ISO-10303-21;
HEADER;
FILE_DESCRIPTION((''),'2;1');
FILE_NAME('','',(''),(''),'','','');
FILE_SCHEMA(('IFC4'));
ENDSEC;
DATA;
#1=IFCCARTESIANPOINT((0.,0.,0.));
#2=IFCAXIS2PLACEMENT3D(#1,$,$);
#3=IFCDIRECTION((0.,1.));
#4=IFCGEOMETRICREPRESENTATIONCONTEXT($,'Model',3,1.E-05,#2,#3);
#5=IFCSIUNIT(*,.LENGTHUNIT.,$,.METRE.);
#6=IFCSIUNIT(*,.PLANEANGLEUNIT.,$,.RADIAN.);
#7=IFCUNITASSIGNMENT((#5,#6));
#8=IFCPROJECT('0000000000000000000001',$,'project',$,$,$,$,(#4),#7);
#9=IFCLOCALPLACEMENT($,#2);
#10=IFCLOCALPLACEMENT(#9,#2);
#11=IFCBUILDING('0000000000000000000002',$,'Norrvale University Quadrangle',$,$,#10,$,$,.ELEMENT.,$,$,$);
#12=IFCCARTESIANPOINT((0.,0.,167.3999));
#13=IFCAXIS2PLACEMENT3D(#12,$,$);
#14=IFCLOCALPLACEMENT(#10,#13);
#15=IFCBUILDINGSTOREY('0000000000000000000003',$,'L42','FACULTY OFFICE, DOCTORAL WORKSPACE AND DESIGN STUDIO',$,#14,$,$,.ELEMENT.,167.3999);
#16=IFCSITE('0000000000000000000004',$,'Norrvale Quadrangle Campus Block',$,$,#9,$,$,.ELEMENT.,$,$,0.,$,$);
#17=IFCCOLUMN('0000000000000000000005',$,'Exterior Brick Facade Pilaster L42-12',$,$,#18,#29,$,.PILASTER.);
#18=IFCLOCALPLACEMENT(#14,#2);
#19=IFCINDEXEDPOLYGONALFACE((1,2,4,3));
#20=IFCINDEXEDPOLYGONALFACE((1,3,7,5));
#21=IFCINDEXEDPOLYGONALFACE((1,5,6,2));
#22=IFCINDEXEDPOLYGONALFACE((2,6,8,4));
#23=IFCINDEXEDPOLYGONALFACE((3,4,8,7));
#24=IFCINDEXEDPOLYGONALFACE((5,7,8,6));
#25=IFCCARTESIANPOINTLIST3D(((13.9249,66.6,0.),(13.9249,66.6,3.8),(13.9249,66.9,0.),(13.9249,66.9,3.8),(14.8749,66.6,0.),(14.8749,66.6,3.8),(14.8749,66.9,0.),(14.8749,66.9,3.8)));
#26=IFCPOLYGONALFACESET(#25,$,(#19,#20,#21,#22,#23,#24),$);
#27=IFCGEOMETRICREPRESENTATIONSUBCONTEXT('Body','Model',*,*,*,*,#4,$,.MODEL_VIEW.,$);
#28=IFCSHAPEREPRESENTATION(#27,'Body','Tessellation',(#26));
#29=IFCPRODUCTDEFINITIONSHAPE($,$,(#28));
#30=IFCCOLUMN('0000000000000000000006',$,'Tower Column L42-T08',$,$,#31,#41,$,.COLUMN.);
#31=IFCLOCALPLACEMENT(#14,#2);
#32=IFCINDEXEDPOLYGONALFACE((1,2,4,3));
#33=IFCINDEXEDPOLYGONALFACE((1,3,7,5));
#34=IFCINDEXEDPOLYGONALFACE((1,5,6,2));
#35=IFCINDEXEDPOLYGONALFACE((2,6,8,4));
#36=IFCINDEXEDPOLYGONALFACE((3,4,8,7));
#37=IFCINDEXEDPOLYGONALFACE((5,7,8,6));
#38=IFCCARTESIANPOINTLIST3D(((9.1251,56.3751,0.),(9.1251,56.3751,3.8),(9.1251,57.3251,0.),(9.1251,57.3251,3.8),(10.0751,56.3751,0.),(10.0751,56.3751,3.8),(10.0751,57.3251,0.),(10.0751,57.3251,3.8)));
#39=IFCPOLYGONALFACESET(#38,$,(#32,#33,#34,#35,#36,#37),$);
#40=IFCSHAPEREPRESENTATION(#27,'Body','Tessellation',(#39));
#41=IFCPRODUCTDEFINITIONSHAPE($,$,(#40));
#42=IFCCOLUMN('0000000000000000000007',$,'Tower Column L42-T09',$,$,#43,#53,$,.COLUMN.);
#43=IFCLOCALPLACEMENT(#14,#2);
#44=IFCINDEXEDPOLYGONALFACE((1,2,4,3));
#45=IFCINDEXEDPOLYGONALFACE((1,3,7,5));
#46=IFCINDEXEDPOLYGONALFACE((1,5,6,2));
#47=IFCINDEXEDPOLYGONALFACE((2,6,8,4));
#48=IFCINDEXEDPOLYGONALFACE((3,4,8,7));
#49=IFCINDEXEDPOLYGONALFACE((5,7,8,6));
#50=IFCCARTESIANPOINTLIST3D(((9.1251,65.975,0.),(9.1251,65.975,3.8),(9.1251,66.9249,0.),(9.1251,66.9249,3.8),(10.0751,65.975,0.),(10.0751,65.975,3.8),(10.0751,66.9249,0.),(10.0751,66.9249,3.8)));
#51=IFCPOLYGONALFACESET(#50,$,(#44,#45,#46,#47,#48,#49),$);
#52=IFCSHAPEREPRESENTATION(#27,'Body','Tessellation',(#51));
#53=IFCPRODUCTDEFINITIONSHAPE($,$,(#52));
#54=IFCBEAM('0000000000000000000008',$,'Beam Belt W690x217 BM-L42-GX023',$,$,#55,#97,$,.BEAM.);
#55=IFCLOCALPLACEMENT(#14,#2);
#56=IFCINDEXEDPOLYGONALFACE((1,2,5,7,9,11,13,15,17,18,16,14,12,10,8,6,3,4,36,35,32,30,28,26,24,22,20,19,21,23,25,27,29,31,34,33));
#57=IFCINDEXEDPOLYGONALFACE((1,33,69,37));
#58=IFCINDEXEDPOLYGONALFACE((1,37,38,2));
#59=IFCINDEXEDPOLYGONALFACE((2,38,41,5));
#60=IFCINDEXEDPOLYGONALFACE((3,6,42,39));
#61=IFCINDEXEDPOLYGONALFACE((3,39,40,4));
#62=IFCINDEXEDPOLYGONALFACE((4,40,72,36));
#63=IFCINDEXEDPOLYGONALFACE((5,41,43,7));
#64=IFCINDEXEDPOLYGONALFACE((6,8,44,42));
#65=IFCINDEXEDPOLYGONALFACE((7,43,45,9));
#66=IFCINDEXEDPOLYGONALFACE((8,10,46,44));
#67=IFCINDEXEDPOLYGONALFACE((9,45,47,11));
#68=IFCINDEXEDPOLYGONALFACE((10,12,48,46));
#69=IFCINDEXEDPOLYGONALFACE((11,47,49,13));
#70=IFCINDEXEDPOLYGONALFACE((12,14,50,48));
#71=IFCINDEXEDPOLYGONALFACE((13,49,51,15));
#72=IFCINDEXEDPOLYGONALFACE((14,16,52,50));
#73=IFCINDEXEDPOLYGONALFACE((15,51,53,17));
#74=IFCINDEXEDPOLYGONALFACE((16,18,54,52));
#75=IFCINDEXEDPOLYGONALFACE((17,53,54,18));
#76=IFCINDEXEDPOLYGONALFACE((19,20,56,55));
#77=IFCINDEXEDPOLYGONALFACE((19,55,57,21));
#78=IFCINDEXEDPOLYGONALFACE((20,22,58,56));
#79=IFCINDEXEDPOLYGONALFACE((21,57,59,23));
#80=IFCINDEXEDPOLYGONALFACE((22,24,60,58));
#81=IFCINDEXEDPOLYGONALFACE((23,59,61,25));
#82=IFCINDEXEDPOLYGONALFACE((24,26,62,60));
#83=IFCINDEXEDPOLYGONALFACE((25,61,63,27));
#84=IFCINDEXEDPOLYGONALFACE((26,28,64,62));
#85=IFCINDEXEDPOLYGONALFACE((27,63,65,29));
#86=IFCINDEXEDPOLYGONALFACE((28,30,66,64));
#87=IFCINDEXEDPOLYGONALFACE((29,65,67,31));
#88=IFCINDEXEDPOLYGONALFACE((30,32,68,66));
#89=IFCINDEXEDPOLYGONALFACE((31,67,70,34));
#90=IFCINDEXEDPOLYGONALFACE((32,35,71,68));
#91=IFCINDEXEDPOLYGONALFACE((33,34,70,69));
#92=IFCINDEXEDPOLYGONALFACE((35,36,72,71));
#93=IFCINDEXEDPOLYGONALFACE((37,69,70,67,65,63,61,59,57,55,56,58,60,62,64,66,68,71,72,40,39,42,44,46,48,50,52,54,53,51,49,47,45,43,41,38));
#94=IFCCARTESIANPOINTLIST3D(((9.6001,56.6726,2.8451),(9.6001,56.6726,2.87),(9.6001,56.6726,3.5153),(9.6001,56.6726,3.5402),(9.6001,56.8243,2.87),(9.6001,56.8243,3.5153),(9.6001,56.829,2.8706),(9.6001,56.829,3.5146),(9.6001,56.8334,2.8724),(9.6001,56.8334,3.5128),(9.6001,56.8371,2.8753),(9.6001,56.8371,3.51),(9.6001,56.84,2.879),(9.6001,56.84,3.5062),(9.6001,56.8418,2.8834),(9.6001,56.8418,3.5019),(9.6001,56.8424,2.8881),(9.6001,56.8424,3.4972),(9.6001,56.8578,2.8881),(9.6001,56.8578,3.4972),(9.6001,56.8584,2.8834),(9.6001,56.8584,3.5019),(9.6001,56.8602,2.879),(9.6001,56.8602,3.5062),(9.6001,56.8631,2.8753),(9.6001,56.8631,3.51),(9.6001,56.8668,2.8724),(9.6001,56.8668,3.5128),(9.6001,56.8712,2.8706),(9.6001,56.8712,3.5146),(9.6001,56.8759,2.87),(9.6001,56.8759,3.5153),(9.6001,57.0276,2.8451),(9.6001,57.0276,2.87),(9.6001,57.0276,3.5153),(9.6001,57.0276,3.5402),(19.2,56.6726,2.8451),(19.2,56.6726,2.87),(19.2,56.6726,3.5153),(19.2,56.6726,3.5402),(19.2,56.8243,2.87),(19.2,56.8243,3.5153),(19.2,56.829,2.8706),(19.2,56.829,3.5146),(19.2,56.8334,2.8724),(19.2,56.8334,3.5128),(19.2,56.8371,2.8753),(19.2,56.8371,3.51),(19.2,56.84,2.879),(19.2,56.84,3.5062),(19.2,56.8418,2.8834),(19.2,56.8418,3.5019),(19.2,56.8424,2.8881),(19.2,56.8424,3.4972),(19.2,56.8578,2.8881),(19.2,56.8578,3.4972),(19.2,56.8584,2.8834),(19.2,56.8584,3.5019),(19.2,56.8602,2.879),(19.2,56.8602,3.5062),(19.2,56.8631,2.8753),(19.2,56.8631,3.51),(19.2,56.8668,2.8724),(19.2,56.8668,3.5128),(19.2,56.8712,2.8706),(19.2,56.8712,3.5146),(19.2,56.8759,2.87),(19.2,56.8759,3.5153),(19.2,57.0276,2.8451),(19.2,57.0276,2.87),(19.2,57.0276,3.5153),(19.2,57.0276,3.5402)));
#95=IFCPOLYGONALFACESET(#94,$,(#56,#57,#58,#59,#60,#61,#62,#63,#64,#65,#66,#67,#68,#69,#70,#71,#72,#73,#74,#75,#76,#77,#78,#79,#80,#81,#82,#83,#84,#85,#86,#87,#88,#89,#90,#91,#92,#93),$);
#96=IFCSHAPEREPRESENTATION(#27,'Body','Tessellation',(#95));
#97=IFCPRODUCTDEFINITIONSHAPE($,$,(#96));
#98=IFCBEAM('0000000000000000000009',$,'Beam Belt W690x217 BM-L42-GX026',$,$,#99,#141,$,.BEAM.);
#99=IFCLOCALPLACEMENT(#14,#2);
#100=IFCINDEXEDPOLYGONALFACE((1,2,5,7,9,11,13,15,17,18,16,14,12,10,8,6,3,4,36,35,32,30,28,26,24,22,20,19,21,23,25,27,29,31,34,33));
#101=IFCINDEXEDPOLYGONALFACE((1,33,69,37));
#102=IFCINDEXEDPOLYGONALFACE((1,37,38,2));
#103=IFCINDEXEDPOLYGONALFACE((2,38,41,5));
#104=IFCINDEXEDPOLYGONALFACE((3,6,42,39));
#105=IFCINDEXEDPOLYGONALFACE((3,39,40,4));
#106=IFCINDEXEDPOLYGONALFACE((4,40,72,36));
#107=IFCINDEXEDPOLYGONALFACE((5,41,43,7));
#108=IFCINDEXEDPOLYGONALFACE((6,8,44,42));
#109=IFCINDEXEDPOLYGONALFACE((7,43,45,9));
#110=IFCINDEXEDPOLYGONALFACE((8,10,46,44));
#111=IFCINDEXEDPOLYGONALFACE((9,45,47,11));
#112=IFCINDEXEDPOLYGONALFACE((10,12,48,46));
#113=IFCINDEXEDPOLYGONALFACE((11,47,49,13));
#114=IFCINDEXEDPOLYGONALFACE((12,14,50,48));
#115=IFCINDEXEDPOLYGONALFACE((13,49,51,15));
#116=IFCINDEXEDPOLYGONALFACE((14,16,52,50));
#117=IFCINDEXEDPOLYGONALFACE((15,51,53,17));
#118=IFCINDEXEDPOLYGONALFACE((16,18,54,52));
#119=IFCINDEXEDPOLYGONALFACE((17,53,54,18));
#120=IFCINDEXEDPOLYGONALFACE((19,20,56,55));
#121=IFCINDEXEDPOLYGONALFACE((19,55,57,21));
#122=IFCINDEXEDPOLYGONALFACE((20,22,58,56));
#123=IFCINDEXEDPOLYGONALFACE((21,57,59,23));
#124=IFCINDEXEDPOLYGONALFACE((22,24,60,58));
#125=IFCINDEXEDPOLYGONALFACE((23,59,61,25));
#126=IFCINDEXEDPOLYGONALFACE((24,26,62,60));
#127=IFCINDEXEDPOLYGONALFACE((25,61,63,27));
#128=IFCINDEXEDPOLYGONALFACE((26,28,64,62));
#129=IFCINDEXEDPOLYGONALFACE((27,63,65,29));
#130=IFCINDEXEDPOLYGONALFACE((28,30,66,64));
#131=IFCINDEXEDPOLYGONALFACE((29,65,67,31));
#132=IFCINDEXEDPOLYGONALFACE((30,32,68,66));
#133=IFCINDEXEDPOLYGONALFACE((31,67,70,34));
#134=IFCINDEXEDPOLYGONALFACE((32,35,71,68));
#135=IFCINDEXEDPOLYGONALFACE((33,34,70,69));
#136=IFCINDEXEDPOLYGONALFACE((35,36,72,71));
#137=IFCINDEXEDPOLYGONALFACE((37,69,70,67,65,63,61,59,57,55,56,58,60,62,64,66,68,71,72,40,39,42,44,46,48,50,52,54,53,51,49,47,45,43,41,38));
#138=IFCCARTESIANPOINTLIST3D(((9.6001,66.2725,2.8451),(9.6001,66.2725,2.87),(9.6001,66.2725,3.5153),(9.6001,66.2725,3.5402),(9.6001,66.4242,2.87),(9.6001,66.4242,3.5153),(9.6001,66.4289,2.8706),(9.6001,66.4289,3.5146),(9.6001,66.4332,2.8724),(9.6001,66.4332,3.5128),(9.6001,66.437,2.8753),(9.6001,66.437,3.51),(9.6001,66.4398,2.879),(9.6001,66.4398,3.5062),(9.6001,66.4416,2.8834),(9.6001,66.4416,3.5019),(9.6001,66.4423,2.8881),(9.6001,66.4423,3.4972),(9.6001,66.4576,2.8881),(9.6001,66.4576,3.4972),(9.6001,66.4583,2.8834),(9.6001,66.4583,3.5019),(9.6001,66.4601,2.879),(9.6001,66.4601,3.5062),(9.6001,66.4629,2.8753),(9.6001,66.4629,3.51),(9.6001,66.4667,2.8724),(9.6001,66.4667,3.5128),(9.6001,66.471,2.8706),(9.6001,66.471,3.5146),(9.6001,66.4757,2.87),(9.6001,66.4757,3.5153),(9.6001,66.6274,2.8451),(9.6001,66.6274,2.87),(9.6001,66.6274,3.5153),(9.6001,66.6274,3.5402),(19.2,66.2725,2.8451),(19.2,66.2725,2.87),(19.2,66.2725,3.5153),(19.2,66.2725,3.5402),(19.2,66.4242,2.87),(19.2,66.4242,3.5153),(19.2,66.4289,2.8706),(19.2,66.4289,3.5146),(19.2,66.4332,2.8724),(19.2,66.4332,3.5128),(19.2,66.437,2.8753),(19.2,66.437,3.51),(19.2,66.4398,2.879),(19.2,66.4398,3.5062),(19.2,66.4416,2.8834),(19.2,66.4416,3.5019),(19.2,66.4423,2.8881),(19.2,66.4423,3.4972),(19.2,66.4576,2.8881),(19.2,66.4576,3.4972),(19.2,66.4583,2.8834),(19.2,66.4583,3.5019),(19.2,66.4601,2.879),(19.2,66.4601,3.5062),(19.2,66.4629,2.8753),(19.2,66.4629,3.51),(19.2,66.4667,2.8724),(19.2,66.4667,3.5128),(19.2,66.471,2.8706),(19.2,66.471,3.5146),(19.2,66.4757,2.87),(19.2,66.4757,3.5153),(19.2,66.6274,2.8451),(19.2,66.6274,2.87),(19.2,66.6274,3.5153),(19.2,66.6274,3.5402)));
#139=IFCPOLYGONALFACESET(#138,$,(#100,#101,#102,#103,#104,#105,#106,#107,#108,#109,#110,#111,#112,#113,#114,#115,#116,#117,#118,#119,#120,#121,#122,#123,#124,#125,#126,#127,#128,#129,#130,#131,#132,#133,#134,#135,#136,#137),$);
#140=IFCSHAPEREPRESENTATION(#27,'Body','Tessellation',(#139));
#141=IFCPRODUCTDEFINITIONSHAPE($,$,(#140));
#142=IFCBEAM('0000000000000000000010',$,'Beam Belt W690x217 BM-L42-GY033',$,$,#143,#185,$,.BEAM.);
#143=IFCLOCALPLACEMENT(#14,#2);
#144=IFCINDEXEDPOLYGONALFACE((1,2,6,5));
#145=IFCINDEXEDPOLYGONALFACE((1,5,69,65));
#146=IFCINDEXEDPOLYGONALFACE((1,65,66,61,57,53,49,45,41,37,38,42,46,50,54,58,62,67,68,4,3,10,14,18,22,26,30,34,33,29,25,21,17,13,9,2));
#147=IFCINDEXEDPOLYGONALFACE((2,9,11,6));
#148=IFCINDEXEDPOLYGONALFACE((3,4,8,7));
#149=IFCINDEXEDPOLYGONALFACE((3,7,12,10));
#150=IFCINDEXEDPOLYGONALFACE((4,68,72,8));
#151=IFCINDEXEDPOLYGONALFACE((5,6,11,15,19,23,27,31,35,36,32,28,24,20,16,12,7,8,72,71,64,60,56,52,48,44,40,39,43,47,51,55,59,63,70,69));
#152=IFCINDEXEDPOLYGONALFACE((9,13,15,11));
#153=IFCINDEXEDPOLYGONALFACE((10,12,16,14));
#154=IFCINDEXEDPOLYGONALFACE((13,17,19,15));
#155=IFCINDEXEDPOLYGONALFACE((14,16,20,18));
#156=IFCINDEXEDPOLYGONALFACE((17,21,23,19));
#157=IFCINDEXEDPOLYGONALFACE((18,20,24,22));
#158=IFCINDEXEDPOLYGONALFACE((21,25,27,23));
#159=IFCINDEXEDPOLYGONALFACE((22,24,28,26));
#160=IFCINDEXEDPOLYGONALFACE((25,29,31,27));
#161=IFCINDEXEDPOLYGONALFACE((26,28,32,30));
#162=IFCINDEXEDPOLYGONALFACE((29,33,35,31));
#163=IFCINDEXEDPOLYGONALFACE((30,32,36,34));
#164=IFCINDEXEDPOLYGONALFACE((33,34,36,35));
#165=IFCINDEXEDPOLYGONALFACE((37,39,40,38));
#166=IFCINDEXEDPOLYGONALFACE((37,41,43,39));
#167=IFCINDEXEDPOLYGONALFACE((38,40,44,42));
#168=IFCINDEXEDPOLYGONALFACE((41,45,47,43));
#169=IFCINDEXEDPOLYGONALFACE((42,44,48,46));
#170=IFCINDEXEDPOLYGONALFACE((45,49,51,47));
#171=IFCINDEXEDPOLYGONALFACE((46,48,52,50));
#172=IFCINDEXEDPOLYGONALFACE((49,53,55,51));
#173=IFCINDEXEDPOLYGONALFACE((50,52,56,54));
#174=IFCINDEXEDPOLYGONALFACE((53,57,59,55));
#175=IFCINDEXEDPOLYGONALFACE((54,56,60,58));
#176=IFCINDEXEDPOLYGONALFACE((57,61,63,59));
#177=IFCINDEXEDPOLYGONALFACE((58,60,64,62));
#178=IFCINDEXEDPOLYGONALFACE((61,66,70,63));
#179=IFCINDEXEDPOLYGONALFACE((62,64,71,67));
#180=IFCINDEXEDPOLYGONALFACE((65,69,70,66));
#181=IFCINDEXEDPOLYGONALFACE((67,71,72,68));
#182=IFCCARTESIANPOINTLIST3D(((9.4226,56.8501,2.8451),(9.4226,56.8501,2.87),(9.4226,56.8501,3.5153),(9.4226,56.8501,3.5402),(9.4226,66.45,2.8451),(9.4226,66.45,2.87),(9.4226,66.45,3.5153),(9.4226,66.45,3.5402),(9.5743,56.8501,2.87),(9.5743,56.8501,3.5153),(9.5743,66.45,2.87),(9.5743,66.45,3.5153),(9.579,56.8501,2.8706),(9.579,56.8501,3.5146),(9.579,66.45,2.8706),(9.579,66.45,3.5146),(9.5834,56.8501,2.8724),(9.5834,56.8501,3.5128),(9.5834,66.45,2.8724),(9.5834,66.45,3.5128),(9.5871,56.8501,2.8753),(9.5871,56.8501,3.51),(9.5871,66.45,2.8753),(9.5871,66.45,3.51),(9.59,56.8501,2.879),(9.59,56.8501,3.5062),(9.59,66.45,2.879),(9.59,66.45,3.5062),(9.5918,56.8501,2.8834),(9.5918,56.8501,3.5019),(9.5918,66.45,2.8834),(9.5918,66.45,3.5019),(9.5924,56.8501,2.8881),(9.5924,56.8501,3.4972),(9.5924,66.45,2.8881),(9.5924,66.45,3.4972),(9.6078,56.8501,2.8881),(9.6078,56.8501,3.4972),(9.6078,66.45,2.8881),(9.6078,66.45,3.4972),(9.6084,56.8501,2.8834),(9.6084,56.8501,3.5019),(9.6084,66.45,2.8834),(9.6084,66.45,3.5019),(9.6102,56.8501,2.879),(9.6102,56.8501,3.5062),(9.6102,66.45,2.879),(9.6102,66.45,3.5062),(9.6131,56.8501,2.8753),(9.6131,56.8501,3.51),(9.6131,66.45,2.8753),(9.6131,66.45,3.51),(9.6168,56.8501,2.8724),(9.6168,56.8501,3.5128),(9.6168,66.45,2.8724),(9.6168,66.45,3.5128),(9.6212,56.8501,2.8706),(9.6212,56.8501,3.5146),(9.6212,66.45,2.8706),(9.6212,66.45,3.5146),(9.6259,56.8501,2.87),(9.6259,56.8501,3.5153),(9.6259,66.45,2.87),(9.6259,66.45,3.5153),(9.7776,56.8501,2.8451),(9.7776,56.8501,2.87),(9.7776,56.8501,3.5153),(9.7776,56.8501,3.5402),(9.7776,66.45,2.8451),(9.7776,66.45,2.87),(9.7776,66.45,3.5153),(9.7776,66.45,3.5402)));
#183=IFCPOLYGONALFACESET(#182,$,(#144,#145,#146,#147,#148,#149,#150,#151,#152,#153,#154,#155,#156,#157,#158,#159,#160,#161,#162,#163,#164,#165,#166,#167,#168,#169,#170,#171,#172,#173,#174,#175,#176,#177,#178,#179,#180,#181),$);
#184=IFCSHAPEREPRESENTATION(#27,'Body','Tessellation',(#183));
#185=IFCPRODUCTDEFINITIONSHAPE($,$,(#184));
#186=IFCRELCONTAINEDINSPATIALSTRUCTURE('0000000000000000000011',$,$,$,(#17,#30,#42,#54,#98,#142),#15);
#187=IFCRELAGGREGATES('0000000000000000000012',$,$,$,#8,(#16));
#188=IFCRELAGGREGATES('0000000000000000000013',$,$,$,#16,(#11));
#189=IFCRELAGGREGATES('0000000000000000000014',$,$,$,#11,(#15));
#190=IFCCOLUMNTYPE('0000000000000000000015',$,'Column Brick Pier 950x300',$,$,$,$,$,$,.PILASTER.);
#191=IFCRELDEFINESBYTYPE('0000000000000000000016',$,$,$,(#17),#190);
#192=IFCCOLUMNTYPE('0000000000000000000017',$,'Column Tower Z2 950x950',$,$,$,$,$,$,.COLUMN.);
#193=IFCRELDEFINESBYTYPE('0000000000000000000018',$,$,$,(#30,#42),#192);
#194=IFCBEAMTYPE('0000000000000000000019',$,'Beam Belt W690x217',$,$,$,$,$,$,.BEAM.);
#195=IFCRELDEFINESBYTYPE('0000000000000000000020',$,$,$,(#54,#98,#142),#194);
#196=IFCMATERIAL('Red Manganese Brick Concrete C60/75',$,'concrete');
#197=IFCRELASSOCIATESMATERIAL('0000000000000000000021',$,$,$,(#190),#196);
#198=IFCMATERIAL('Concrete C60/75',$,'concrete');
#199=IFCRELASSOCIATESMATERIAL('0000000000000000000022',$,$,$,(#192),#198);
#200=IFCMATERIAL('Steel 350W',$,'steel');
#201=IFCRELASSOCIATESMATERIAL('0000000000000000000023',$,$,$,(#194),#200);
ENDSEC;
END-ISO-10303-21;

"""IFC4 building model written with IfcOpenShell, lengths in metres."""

from ifc_helpers import new_model, si_unit, direction, frame, origin, origin_2d, place, context, subcontext, project, spatial, rectangle, i_section, extrude, material, material_profile, profile_set, type_object, element, save


model = new_model("IFC4")

# Units and contexts
model_context = context("Model", 3, precision=1e-05, world=origin(), true_north=direction((0.0, 1.0)))
body_context = subcontext(model_context, "Body", "Model", "MODEL_VIEW")
ifc_project = project(units=[si_unit("LENGTHUNIT", "METRE"), si_unit("PLANEANGLEUNIT", "RADIAN")], contexts=[model_context])

# Site, building, storey
site_placement = place(None, origin())
site = spatial("IfcSite", under=ifc_project, at=site_placement, Name="Norrvale Quadrangle Campus Block", CompositionType="ELEMENT", RefElevation=0.0)
building_placement = place(site_placement, origin())
building = spatial("IfcBuilding", under=site, at=building_placement, Name="Norrvale University Quadrangle", CompositionType="ELEMENT")
storey_placement = place(building_placement, frame((0.0, 0.0, 167.3999)))
storey = spatial("IfcBuildingStorey", under=building, at=storey_placement, Name="L42", Description="FACULTY OFFICE, DOCTORAL WORKSPACE AND DESIGN STUDIO", CompositionType="ELEMENT", Elevation=167.3999)

# Columns
ifc_material_1 = material(Name="Red Manganese Brick Concrete C60/75", Category="concrete")
ifc_material_profile_1 = material_profile(ifc_material_1, rectangle(XDim=0.95, YDim=0.3, at=origin_2d()), Name="Red Manganese Brick Concrete C60/75")
ifc_profile_set_1 = profile_set([ifc_material_profile_1], Name="Red Manganese Brick Concrete C60/75")
column_type_1 = type_object("IfcColumnType", Name="Column Brick Pier 950x300", PredefinedType="PILASTER", material=ifc_profile_set_1)
column_placement = place(storey_placement, frame((14.3999, 66.75, 0.0), z_axis=(0.0, 0.0, 1.0), x_axis=(1.0, 0.0, 0.0)))
element("IfcColumn", 1, at=column_placement, inside=storey, type_object=column_type_1, Name="Exterior Brick Facade Pilaster L42-12", PredefinedType="PILASTER", context=body_context, shape_type="SweptSolid", body=[
    extrude(rectangle(XDim=0.95, YDim=0.3, at=origin_2d()), origin(), (0.0, 0.0, 1.0), 3.8),
])
ifc_material_2 = material(Name="Concrete C60/75", Category="concrete")
ifc_material_profile_2 = material_profile(ifc_material_2, rectangle(XDim=0.95, YDim=0.95, at=origin_2d()), Name="Concrete C60/75")
ifc_profile_set_2 = profile_set([ifc_material_profile_2], Name="Concrete C60/75")
column_type_2 = type_object("IfcColumnType", Name="Column Tower Z2 950x950", PredefinedType="COLUMN", material=ifc_profile_set_2)
for number, where, z_axis, x_axis, name in (
    (2, (9.6001, 56.8501, 0.0), (0.0, 0.0, 1.0), (1.0, 0.0, 0.0), "Tower Column L42-T08"),
    (3, (9.6001, 66.45, 0.0), (0.0, 0.0, 1.0), (1.0, 0.0, 0.0), "Tower Column L42-T09"),
):
    element("IfcColumn", number, at=place(storey_placement, frame(where, z_axis=z_axis, x_axis=x_axis)), inside=storey, type_object=column_type_2, Name=name, PredefinedType="COLUMN", context=body_context, shape_type="SweptSolid", body=[
        extrude(rectangle(XDim=0.95, YDim=0.95, at=origin_2d()), origin(), (0.0, 0.0, 1.0), 3.8),
    ])

# Beams
ifc_material_3 = material(Name="Steel 350W", Category="steel")
ifc_material_profile_3 = material_profile(ifc_material_3, i_section(OverallWidth=0.355, OverallDepth=0.6951, WebThickness=0.0154, FlangeThickness=0.0249, FilletRadius=0.0181, at=origin_2d()), Name="Steel 350W")
ifc_profile_set_3 = profile_set([ifc_material_profile_3], Name="Steel 350W")
beam_type_1 = type_object("IfcBeamType", Name="Beam Belt W690x217", PredefinedType="BEAM", material=ifc_profile_set_3)
for number, where, z_axis, x_axis, name in (
    (4, (9.6001, 56.8501, 3.1926), (1.0, 0.0, 0.0), (0.0, 1.0, 0.0), "Beam Belt W690x217 BM-L42-GX023"),
    (5, (9.6001, 66.45, 3.1926), (1.0, 0.0, 0.0), (0.0, 1.0, 0.0), "Beam Belt W690x217 BM-L42-GX026"),
    (6, (9.6001, 56.8501, 3.1926), (0.0, 1.0, 0.0), (-1.0, 0.0, 0.0), "Beam Belt W690x217 BM-L42-GY033"),
):
    element("IfcBeam", number, at=place(storey_placement, frame(where, z_axis=z_axis, x_axis=x_axis)), inside=storey, type_object=beam_type_1, Name=name, PredefinedType="BEAM", context=body_context, shape_type="SweptSolid", body=[
        extrude(i_section(OverallWidth=0.355, OverallDepth=0.6951, WebThickness=0.0154, FlangeThickness=0.0249, FilletRadius=0.0181, at=origin_2d()), origin(), (0.0, 0.0, 1.0), 9.5999),
    ])

save(model, "model.ifc")
